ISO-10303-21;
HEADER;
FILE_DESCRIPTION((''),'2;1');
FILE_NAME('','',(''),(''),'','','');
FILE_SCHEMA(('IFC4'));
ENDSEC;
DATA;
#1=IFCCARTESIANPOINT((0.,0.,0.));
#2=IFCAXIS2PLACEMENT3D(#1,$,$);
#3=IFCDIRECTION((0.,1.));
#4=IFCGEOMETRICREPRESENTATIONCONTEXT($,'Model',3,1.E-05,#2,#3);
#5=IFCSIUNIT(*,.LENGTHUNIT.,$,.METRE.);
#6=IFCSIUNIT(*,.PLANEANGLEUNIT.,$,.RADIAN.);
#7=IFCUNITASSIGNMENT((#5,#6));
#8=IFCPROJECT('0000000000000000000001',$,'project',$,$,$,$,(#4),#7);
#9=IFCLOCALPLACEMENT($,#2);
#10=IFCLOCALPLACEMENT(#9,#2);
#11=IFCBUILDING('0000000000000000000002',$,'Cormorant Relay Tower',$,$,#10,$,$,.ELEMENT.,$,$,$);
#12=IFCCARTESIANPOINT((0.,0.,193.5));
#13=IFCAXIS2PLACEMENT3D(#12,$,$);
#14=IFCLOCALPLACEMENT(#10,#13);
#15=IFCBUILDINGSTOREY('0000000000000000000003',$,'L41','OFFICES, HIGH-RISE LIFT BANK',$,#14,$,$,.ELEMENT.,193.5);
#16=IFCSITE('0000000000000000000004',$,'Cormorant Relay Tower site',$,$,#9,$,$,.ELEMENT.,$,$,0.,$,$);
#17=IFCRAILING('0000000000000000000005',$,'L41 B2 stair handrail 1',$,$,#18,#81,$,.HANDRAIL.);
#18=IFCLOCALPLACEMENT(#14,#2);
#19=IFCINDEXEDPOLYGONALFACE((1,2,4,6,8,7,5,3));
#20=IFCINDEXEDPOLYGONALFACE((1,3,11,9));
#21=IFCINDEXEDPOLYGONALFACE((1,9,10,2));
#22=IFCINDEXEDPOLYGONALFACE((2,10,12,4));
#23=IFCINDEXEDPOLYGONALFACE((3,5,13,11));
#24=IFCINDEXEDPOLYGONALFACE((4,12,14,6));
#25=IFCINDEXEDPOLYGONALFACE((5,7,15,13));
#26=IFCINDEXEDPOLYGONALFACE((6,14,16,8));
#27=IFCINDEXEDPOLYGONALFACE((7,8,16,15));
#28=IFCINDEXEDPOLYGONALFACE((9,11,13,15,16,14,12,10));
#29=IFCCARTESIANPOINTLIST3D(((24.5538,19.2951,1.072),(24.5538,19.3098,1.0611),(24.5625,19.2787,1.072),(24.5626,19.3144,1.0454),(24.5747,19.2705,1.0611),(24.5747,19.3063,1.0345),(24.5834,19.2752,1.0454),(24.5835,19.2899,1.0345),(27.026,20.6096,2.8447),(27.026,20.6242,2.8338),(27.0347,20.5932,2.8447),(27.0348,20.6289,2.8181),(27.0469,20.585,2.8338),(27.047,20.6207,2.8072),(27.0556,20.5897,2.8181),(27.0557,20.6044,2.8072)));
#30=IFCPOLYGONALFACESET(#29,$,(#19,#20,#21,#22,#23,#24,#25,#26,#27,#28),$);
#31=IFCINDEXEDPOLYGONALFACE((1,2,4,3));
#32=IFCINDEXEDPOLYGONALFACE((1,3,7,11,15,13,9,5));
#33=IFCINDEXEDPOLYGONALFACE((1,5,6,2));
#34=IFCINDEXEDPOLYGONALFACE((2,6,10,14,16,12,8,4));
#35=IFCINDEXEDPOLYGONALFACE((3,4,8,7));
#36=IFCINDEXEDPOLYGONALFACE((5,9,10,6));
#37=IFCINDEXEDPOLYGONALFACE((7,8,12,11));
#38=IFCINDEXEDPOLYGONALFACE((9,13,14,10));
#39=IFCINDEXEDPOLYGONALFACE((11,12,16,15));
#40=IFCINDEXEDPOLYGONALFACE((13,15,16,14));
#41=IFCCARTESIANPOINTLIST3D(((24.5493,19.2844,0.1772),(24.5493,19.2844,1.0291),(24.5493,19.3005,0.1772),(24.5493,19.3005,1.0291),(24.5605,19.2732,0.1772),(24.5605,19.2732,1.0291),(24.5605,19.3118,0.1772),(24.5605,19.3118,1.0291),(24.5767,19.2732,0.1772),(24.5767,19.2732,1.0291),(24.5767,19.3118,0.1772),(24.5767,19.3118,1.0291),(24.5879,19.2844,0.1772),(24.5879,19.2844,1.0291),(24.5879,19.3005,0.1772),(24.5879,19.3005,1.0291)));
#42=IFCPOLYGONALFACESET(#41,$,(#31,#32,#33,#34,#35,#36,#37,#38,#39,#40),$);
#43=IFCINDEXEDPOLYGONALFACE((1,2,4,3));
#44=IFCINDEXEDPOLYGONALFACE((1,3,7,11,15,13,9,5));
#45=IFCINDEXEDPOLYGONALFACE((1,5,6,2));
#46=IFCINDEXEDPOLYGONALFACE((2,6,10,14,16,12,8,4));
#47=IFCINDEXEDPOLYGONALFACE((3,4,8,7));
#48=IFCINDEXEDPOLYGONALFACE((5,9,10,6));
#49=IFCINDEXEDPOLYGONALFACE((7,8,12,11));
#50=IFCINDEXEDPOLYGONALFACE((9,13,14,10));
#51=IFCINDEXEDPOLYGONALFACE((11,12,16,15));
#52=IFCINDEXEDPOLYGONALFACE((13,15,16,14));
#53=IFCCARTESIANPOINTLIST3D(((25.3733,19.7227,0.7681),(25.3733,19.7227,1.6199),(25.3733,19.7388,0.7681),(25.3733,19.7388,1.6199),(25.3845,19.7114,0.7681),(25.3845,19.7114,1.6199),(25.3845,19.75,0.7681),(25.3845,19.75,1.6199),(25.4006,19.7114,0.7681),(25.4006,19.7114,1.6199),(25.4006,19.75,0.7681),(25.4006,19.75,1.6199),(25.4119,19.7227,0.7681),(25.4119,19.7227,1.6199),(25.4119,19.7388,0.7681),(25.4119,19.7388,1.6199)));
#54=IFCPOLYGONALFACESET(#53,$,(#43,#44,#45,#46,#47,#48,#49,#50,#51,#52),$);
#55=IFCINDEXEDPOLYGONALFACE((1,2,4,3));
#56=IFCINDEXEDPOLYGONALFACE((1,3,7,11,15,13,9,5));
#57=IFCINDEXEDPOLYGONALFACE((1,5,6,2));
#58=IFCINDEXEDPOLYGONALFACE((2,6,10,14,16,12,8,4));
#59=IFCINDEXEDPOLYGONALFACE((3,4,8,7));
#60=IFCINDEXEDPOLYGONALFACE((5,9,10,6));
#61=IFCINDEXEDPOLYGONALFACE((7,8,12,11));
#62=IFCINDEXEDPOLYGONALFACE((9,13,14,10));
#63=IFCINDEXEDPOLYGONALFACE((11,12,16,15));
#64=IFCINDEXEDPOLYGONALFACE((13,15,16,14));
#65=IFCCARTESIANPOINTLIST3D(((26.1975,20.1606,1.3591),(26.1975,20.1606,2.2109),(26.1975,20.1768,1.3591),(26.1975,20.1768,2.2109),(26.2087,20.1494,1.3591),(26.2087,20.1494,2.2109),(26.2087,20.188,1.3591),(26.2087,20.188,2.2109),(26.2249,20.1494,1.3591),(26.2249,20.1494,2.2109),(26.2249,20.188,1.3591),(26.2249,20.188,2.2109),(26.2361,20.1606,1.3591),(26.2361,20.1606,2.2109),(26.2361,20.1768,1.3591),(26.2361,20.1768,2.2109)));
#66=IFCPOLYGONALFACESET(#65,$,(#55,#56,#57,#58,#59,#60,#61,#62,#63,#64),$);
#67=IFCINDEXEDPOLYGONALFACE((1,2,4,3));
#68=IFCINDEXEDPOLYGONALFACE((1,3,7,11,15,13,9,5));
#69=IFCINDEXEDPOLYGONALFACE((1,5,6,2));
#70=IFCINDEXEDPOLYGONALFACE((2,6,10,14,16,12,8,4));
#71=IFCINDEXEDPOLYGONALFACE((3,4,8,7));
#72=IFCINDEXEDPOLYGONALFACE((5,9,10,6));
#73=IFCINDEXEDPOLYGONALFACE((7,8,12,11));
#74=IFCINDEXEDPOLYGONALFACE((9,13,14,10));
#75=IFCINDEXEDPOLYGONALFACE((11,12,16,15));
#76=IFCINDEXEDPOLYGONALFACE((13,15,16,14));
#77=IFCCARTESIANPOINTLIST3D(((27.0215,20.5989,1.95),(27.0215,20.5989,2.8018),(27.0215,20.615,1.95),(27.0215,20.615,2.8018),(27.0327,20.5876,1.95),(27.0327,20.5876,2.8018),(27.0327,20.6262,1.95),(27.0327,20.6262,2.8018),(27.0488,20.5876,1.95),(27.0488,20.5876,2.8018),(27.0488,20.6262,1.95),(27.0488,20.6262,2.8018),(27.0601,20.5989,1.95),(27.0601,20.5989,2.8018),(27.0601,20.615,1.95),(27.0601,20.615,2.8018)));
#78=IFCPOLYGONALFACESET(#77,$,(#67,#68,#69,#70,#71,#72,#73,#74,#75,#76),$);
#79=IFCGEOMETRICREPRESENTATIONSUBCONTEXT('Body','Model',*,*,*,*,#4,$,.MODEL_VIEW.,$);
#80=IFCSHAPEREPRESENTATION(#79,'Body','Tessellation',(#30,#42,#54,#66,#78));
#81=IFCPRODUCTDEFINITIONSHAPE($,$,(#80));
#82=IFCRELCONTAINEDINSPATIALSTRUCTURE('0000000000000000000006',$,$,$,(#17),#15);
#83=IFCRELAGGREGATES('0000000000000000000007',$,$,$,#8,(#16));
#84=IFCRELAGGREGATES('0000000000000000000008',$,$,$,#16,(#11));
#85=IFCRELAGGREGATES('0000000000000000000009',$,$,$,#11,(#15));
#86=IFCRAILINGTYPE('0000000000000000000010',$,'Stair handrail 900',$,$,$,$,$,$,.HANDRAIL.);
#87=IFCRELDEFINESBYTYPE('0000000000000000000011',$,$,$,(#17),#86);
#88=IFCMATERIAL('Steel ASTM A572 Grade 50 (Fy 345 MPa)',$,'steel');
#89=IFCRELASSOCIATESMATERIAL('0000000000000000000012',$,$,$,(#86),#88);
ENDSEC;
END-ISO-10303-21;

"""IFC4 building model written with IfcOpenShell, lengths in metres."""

from ifc_helpers import new_model, si_unit, direction, frame, origin, place, context, subcontext, project, spatial, polyline, outline, extrude, material, type_object, element, save


model = new_model("IFC4")

# Units and contexts
model_context = context("Model", 3, precision=1e-05, world=origin(), true_north=direction((0.0, 1.0)))
body_context = subcontext(model_context, "Body", "Model", "MODEL_VIEW")
ifc_project = project(units=[si_unit("LENGTHUNIT", "METRE"), si_unit("PLANEANGLEUNIT", "RADIAN")], contexts=[model_context])

# Site, building, storey
site_placement = place(None, origin())
site = spatial("IfcSite", under=ifc_project, at=site_placement, Name="Cormorant Relay Tower site", CompositionType="ELEMENT", RefElevation=0.0)
building_placement = place(site_placement, origin())
building = spatial("IfcBuilding", under=site, at=building_placement, Name="Cormorant Relay Tower", CompositionType="ELEMENT")
storey_placement = place(building_placement, frame((0.0, 0.0, 193.5)))
storey = spatial("IfcBuildingStorey", under=building, at=storey_placement, Name="L41", Description="OFFICES, HIGH-RISE LIFT BANK", CompositionType="ELEMENT", Elevation=193.5)

# Railing
ifc_material_1 = material(Name="Steel ASTM A572 Grade 50 (Fy 345 MPa)", Category="steel")
railing_type_1 = type_object("IfcRailingType", Name="Stair handrail 900", PredefinedType="HANDRAIL", material=ifc_material_1)
railing_1_placement = place(storey_placement, frame((24.5686, 19.2925, 0.1772)))
element("IfcRailing", 1, at=railing_1_placement, inside=storey, type_object=railing_type_1, Name="L41 B2 stair handrail 1", PredefinedType="HANDRAIL", context=body_context, shape_type="SweptSolid", body=[
    extrude(outline(polyline([(0.0222, 0.0093), (0.0093, 0.0222), (-0.0093, 0.0222), (-0.0222, 0.0093), (-0.0222, -0.0093), (-0.0093, -0.0222), (0.0093, -0.0222), (0.0222, -0.0093), (0.0222, 0.0093)])), frame((0.0, 0.0, 0.876), z_axis=(0.746001, 0.396649, 0.534931), x_axis=(-0.469465, 0.882951, 0.0)), (0.0, 0.0, 1.0), 3.314),
    extrude(outline(polyline([(0.0193, 0.0081), (0.0081, 0.0193), (-0.0081, 0.0193), (-0.0193, 0.0081), (-0.0193, -0.0081), (-0.0081, -0.0193), (0.0081, -0.0193), (0.0193, -0.0081), (0.0193, 0.0081)])), origin(), (0.0, 0.0, 1.0), 0.8518),
    extrude(outline(polyline([(0.0193, 0.0081), (0.0081, 0.0193), (-0.0081, 0.0193), (-0.0193, 0.0081), (-0.0193, -0.0081), (-0.0081, -0.0193), (0.0081, -0.0193), (0.0193, -0.0081), (0.0193, 0.0081)])), frame((0.824, 0.4382, 0.5908)), (0.0, 0.0, 1.0), 0.8518),
    extrude(outline(polyline([(0.0193, 0.0081), (0.0081, 0.0193), (-0.0081, 0.0193), (-0.0193, 0.0081), (-0.0193, -0.0081), (-0.0081, -0.0193), (0.0081, -0.0193), (0.0193, -0.0081), (0.0193, 0.0081)])), frame((1.6482, 0.8762, 1.1819)), (0.0, 0.0, 1.0), 0.8518),
    extrude(outline(polyline([(0.0193, 0.0081), (0.0081, 0.0193), (-0.0081, 0.0193), (-0.0193, 0.0081), (-0.0193, -0.0081), (-0.0081, -0.0193), (0.0081, -0.0193), (0.0193, -0.0081), (0.0193, 0.0081)])), frame((2.4722, 1.3145, 1.7727)), (0.0, 0.0, 1.0), 0.8518),
])

save(model, "model.ifc")
